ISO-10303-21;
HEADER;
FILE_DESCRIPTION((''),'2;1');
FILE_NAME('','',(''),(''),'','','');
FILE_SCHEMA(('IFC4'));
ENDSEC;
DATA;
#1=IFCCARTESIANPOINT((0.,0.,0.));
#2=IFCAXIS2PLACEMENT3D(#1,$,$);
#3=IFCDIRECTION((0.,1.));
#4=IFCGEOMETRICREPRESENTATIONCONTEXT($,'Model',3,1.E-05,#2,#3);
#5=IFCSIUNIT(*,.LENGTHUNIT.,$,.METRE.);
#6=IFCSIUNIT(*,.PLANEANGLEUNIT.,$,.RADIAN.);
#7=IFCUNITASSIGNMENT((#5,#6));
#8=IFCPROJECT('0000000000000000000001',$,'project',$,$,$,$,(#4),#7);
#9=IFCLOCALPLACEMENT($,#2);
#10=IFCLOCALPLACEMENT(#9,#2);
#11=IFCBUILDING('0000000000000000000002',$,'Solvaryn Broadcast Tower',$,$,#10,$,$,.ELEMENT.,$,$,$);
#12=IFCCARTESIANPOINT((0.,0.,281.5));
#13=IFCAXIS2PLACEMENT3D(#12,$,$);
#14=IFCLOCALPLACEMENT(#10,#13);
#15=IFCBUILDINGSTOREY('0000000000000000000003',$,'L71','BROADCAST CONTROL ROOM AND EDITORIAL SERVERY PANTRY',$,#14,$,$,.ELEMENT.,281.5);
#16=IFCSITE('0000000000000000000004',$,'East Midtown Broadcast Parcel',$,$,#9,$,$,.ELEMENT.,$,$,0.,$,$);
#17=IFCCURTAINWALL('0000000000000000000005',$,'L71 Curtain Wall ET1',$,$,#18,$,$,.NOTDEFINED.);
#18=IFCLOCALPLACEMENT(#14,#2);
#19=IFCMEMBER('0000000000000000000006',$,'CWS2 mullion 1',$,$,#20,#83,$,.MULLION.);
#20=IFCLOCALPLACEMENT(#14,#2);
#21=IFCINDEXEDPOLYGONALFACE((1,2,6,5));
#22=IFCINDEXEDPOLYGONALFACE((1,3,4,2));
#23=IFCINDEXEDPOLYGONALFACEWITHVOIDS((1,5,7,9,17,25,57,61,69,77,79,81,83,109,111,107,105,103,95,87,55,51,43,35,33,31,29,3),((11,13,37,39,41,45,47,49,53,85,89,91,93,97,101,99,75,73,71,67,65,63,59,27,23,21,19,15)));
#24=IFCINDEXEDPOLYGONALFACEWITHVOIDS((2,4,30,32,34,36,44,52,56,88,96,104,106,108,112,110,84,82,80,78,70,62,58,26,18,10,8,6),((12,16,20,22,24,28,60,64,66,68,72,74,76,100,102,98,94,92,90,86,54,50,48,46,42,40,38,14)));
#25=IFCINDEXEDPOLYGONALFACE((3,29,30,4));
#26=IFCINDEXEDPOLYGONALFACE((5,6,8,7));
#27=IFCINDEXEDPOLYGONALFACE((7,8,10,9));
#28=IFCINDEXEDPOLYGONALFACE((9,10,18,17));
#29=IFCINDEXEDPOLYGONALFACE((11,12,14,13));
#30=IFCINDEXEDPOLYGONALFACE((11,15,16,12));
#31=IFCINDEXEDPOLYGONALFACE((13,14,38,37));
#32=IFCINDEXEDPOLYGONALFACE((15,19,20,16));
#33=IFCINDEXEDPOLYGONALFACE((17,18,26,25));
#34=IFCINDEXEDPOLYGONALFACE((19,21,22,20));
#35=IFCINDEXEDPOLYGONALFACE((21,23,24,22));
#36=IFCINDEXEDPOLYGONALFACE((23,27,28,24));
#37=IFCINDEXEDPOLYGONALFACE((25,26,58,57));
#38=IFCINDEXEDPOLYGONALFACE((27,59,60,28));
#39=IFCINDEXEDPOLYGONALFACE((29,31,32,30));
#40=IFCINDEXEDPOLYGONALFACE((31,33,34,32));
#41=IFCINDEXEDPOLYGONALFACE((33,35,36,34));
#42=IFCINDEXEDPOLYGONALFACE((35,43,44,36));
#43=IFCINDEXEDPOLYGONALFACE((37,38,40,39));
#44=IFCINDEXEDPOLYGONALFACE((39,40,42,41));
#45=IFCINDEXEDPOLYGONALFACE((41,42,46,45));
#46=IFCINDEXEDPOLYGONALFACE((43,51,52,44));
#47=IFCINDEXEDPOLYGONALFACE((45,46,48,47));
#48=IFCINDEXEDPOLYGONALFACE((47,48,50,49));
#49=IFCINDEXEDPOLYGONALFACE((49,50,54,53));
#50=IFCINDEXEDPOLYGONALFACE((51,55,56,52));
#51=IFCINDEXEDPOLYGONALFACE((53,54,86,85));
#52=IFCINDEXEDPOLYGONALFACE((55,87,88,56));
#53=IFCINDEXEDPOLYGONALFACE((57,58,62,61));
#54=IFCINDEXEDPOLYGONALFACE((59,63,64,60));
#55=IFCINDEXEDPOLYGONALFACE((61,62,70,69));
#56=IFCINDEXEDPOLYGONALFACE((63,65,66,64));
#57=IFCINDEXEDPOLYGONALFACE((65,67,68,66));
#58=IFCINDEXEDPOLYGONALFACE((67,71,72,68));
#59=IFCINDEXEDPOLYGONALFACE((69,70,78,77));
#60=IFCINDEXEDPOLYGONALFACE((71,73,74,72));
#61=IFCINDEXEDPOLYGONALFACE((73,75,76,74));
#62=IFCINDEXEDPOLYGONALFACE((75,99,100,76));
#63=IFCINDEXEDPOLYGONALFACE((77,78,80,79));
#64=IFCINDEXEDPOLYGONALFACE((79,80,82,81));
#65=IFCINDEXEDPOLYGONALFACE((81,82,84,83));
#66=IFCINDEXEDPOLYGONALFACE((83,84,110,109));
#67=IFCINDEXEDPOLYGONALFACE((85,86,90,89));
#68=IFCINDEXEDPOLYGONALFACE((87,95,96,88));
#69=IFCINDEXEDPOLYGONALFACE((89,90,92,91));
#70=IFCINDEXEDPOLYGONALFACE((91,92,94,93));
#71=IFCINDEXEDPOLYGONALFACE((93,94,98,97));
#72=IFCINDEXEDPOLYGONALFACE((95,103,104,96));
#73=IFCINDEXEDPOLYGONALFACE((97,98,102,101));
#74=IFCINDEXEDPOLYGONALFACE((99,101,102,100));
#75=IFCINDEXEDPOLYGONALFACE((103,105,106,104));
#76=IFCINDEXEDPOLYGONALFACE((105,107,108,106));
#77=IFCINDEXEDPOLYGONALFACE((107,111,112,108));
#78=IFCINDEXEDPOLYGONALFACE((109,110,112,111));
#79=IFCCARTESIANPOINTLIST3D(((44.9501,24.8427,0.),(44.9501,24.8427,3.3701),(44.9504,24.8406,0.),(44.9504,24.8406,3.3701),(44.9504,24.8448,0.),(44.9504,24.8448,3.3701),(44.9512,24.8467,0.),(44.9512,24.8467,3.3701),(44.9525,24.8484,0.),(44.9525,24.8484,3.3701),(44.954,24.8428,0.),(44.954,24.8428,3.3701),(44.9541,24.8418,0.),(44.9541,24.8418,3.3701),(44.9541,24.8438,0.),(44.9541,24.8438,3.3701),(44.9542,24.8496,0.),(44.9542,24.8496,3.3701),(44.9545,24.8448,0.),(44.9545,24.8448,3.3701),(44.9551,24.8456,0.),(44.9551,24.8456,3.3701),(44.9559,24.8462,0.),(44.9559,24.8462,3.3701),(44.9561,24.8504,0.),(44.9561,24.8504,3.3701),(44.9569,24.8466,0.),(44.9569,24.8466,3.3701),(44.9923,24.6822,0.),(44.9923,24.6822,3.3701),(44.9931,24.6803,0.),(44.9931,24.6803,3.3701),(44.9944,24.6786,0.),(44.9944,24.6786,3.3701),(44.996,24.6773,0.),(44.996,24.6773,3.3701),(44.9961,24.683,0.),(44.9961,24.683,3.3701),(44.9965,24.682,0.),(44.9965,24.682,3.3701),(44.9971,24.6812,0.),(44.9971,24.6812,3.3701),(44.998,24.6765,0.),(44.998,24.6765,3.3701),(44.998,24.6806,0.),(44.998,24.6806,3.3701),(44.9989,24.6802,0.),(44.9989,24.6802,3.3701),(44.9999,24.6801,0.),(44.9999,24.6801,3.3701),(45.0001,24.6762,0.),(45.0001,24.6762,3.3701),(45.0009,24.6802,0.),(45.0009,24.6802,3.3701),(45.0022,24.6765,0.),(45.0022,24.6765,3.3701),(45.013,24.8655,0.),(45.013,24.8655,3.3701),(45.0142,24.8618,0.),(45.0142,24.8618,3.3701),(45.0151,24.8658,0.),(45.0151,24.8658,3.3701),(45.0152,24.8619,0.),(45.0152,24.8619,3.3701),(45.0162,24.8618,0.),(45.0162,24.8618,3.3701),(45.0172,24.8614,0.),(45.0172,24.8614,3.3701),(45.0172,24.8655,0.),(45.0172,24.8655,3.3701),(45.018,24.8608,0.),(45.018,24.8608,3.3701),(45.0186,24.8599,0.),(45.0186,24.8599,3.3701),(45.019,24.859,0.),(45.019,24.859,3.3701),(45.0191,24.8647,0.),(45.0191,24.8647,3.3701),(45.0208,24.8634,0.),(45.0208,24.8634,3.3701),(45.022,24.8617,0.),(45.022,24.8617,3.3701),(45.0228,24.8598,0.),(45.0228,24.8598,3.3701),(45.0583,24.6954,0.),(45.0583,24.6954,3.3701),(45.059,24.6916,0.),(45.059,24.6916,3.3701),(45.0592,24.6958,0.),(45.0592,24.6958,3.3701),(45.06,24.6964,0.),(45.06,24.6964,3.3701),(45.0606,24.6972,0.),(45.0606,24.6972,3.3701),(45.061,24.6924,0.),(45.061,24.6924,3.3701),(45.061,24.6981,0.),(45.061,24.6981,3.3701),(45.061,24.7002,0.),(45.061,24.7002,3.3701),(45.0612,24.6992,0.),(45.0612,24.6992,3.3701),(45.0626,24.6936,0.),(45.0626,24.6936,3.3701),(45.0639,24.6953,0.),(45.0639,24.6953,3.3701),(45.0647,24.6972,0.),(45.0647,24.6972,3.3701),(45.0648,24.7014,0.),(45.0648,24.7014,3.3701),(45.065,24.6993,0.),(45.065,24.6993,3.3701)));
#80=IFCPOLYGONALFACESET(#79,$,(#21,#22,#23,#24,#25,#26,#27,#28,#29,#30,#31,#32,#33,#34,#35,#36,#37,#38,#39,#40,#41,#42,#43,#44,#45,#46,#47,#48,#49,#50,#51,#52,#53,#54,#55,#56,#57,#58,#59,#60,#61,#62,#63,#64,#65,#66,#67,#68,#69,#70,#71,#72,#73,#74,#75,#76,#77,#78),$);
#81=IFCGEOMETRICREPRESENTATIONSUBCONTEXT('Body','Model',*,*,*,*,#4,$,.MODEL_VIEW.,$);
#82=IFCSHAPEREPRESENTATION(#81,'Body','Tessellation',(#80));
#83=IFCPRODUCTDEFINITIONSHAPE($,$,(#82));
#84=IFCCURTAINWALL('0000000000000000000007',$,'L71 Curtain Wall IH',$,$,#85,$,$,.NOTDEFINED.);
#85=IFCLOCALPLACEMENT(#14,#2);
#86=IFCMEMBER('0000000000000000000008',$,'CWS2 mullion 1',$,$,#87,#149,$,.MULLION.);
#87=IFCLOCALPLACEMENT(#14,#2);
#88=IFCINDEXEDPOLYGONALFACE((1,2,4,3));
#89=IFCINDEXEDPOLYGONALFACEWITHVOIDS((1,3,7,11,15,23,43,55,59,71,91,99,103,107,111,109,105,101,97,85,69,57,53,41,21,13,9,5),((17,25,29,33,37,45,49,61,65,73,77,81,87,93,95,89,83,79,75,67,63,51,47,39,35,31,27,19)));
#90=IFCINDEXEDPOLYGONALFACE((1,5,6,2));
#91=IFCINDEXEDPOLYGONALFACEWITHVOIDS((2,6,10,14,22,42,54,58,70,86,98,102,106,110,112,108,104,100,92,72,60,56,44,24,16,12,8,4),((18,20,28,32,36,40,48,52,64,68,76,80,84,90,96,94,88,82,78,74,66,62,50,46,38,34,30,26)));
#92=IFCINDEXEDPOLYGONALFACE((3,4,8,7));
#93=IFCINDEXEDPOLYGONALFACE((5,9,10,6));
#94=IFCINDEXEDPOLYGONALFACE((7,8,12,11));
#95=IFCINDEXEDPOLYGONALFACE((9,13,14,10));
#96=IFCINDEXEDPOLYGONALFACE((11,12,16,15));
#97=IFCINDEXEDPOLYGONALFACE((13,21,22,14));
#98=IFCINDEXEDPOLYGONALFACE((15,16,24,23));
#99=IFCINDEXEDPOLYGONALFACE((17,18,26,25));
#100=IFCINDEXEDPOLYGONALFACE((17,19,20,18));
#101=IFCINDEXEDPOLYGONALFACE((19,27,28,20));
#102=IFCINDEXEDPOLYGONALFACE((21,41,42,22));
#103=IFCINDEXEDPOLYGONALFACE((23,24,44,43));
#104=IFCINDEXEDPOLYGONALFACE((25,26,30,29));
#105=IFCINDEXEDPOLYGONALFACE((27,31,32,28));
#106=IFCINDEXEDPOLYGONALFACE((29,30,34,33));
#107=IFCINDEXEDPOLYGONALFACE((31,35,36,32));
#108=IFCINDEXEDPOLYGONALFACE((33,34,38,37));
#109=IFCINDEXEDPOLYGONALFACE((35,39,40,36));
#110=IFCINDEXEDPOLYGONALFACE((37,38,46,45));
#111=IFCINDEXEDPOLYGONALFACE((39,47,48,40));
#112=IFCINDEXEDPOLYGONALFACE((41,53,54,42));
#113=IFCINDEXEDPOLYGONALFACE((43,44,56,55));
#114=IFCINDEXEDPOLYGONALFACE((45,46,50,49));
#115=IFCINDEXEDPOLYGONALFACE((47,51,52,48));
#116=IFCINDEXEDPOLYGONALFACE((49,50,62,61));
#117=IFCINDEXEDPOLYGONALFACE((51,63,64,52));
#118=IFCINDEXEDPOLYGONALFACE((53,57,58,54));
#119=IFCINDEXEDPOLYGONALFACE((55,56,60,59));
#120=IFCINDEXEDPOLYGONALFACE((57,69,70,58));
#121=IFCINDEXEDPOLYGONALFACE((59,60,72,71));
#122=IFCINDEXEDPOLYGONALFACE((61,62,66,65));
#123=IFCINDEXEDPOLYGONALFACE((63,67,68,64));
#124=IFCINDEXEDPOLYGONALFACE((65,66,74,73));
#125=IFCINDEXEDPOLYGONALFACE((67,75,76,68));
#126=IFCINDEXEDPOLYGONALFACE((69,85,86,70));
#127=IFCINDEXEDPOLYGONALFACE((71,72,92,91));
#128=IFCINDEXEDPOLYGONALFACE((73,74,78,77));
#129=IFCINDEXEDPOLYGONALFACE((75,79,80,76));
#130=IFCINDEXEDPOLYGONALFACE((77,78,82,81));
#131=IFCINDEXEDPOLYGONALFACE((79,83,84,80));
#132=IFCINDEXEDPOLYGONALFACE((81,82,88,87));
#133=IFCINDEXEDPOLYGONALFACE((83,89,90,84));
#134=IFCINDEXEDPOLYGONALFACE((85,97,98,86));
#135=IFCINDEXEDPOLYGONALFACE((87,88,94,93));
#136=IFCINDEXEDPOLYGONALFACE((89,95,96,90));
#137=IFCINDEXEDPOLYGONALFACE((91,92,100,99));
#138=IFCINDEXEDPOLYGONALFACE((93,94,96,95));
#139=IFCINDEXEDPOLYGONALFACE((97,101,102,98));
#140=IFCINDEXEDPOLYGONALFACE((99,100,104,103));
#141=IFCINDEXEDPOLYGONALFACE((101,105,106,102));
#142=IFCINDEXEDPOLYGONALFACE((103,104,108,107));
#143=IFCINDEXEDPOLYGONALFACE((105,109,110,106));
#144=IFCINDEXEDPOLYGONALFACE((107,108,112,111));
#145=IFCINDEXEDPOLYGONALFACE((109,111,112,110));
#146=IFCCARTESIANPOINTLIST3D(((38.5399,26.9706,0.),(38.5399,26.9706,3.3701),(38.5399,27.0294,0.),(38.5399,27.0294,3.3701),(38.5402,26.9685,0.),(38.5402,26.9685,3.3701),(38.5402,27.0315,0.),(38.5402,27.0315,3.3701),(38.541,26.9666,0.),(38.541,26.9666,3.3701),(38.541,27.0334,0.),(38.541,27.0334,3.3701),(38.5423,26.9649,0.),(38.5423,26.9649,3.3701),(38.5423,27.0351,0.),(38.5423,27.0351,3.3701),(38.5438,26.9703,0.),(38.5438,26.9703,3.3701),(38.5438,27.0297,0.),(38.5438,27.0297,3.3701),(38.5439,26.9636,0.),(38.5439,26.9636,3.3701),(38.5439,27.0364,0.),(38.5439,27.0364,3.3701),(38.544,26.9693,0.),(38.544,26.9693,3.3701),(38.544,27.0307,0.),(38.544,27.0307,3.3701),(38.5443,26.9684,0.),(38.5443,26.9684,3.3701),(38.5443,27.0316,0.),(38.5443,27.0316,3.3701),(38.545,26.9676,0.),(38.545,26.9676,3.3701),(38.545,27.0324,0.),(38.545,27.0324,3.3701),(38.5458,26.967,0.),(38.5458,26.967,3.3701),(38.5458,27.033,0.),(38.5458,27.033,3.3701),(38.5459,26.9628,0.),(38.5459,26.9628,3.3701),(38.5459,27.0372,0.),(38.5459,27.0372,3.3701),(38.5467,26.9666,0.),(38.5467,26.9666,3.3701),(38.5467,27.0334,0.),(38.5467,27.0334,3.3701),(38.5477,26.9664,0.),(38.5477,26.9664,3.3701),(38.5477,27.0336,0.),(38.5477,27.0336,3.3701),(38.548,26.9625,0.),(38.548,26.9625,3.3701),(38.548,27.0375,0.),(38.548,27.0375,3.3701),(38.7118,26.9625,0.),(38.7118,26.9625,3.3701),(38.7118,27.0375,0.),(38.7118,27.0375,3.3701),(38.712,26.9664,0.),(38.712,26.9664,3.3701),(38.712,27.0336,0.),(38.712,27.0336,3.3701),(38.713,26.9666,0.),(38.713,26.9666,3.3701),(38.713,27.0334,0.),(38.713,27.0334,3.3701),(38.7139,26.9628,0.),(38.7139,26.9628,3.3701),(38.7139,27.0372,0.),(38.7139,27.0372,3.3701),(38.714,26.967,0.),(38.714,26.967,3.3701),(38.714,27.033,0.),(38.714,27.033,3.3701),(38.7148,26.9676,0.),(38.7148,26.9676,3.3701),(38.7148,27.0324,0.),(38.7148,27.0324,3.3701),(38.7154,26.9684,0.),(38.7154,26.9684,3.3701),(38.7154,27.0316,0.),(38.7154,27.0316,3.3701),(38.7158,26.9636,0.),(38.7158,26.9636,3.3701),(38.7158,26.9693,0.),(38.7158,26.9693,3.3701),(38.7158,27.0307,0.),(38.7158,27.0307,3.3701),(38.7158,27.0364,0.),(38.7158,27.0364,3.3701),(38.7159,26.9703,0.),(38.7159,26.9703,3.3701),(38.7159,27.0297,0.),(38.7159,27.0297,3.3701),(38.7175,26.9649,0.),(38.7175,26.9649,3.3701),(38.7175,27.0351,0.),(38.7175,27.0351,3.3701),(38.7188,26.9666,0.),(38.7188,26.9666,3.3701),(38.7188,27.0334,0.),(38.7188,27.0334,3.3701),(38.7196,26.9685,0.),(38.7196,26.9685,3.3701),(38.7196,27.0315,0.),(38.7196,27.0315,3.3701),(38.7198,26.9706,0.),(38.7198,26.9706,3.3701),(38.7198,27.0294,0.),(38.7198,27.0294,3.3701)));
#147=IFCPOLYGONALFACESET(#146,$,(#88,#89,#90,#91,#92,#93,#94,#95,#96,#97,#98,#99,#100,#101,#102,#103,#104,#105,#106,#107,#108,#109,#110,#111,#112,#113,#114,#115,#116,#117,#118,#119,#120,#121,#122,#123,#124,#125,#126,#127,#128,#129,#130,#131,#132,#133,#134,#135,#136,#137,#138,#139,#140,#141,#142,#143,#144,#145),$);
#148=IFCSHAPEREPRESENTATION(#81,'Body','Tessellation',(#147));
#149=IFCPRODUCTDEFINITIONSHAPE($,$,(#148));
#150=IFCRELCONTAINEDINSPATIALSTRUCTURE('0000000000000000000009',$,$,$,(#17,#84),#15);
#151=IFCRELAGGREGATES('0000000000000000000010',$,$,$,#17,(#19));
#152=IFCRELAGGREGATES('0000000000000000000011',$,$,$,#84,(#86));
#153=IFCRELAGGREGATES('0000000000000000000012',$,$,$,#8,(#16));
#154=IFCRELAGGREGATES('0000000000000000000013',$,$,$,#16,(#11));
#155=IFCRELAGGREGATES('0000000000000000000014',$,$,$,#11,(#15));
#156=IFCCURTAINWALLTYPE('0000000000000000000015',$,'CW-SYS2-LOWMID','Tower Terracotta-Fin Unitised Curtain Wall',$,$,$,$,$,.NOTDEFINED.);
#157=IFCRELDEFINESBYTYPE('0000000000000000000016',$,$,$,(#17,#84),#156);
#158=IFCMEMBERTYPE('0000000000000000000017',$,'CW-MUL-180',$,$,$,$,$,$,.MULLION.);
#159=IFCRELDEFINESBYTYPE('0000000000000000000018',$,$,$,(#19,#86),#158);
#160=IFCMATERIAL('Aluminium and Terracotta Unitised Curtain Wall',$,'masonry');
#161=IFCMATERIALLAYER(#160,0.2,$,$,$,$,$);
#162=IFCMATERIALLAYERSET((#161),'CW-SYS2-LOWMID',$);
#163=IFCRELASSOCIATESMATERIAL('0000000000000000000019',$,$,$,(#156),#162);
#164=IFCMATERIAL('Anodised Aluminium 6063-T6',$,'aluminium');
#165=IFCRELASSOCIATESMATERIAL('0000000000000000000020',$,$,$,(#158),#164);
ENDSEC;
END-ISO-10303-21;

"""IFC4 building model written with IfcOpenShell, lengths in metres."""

from ifc_helpers import new_model, si_unit, direction, frame, origin, origin_2d, place, context, subcontext, project, spatial, hollow_rectangle, extrude, material, layer, layer_set, material_profile, profile_set, type_object, element, aggregate, save


model = new_model("IFC4")

# Units and contexts
model_context = context("Model", 3, precision=1e-05, world=origin(), true_north=direction((0.0, 1.0)))
body_context = subcontext(model_context, "Body", "Model", "MODEL_VIEW")
ifc_project = project(units=[si_unit("LENGTHUNIT", "METRE"), si_unit("PLANEANGLEUNIT", "RADIAN")], contexts=[model_context])

# Site, building, storey
site_placement = place(None, origin())
site = spatial("IfcSite", under=ifc_project, at=site_placement, Name="East Midtown Broadcast Parcel", CompositionType="ELEMENT", RefElevation=0.0)
building_placement = place(site_placement, origin())
building = spatial("IfcBuilding", under=site, at=building_placement, Name="Solvaryn Broadcast Tower", CompositionType="ELEMENT")
storey_placement = place(building_placement, frame((0.0, 0.0, 281.5)))
storey = spatial("IfcBuildingStorey", under=building, at=storey_placement, Name="L71", Description="BROADCAST CONTROL ROOM AND EDITORIAL SERVERY PANTRY", CompositionType="ELEMENT", Elevation=281.5)

# Curtain wall, member
ifc_material_1 = material(Name="Aluminium and Terracotta Unitised Curtain Wall", Category="masonry")
ifc_layer_1 = layer(ifc_material_1, 0.2)
ifc_layer_set_1 = layer_set([ifc_layer_1], Name="CW-SYS2-LOWMID")
curtain_wall_type = type_object("IfcCurtainWallType", Name="CW-SYS2-LOWMID", Description="Tower Terracotta-Fin Unitised Curtain Wall", PredefinedType="NOTDEFINED", material=ifc_layer_set_1)
curtain_wall_1_placement = place(storey_placement, origin())
curtain_wall_1 = element("IfcCurtainWall", 1, at=curtain_wall_1_placement, inside=storey, type_object=curtain_wall_type, Name="L71 Curtain Wall ET1", PredefinedType="NOTDEFINED")
ifc_material_2 = material(Name="Anodised Aluminium 6063-T6", Category="aluminium")
ifc_material_profile_1 = material_profile(ifc_material_2, hollow_rectangle(XDim=0.075, YDim=0.1799, WallThickness=0.0039, InnerFilletRadius=0.0039, OuterFilletRadius=0.0081, at=origin_2d()))
ifc_profile_set_1 = profile_set([ifc_material_profile_1], Name="Anodised Aluminium 6063-T6")
member_type_1 = type_object("IfcMemberType", Name="CW-MUL-180", PredefinedType="MULLION", material=ifc_profile_set_1)
member_1_placement = place(storey_placement, frame((45.0076, 24.771, 0.0), z_axis=(0.0, 0.0, 1.0), x_axis=(0.966705, 0.255893, 0.0)))
member_1 = element("IfcMember", 2, at=member_1_placement, type_object=member_type_1, Name="CWS2 mullion 1", PredefinedType="MULLION", context=body_context, shape_type="SweptSolid", body=[
    extrude(hollow_rectangle(XDim=0.075, YDim=0.1799, WallThickness=0.0039, InnerFilletRadius=0.0039, OuterFilletRadius=0.0081, at=origin_2d()), origin(), (0.0, 0.0, 1.0), 3.3701),
])

# Curtain wall, member
curtain_wall_2_placement = place(storey_placement, origin())
curtain_wall_2 = element("IfcCurtainWall", 3, at=curtain_wall_2_placement, inside=storey, type_object=curtain_wall_type, Name="L71 Curtain Wall IH", PredefinedType="NOTDEFINED")
member_2_placement = place(storey_placement, frame((38.6299, 27.0, 0.0), z_axis=(0.0, 0.0, 1.0), x_axis=(0.0, 1.0, 0.0)))
member_2 = element("IfcMember", 4, at=member_2_placement, type_object=member_type_1, Name="CWS2 mullion 1", PredefinedType="MULLION", context=body_context, shape_type="SweptSolid", body=[
    extrude(hollow_rectangle(XDim=0.075, YDim=0.1799, WallThickness=0.0039, InnerFilletRadius=0.0039, OuterFilletRadius=0.0081, at=origin_2d()), origin(), (0.0, 0.0, 1.0), 3.3701),
])

aggregate(curtain_wall_1, [member_1])

aggregate(curtain_wall_2, [member_2])

save(model, "model.ifc")
